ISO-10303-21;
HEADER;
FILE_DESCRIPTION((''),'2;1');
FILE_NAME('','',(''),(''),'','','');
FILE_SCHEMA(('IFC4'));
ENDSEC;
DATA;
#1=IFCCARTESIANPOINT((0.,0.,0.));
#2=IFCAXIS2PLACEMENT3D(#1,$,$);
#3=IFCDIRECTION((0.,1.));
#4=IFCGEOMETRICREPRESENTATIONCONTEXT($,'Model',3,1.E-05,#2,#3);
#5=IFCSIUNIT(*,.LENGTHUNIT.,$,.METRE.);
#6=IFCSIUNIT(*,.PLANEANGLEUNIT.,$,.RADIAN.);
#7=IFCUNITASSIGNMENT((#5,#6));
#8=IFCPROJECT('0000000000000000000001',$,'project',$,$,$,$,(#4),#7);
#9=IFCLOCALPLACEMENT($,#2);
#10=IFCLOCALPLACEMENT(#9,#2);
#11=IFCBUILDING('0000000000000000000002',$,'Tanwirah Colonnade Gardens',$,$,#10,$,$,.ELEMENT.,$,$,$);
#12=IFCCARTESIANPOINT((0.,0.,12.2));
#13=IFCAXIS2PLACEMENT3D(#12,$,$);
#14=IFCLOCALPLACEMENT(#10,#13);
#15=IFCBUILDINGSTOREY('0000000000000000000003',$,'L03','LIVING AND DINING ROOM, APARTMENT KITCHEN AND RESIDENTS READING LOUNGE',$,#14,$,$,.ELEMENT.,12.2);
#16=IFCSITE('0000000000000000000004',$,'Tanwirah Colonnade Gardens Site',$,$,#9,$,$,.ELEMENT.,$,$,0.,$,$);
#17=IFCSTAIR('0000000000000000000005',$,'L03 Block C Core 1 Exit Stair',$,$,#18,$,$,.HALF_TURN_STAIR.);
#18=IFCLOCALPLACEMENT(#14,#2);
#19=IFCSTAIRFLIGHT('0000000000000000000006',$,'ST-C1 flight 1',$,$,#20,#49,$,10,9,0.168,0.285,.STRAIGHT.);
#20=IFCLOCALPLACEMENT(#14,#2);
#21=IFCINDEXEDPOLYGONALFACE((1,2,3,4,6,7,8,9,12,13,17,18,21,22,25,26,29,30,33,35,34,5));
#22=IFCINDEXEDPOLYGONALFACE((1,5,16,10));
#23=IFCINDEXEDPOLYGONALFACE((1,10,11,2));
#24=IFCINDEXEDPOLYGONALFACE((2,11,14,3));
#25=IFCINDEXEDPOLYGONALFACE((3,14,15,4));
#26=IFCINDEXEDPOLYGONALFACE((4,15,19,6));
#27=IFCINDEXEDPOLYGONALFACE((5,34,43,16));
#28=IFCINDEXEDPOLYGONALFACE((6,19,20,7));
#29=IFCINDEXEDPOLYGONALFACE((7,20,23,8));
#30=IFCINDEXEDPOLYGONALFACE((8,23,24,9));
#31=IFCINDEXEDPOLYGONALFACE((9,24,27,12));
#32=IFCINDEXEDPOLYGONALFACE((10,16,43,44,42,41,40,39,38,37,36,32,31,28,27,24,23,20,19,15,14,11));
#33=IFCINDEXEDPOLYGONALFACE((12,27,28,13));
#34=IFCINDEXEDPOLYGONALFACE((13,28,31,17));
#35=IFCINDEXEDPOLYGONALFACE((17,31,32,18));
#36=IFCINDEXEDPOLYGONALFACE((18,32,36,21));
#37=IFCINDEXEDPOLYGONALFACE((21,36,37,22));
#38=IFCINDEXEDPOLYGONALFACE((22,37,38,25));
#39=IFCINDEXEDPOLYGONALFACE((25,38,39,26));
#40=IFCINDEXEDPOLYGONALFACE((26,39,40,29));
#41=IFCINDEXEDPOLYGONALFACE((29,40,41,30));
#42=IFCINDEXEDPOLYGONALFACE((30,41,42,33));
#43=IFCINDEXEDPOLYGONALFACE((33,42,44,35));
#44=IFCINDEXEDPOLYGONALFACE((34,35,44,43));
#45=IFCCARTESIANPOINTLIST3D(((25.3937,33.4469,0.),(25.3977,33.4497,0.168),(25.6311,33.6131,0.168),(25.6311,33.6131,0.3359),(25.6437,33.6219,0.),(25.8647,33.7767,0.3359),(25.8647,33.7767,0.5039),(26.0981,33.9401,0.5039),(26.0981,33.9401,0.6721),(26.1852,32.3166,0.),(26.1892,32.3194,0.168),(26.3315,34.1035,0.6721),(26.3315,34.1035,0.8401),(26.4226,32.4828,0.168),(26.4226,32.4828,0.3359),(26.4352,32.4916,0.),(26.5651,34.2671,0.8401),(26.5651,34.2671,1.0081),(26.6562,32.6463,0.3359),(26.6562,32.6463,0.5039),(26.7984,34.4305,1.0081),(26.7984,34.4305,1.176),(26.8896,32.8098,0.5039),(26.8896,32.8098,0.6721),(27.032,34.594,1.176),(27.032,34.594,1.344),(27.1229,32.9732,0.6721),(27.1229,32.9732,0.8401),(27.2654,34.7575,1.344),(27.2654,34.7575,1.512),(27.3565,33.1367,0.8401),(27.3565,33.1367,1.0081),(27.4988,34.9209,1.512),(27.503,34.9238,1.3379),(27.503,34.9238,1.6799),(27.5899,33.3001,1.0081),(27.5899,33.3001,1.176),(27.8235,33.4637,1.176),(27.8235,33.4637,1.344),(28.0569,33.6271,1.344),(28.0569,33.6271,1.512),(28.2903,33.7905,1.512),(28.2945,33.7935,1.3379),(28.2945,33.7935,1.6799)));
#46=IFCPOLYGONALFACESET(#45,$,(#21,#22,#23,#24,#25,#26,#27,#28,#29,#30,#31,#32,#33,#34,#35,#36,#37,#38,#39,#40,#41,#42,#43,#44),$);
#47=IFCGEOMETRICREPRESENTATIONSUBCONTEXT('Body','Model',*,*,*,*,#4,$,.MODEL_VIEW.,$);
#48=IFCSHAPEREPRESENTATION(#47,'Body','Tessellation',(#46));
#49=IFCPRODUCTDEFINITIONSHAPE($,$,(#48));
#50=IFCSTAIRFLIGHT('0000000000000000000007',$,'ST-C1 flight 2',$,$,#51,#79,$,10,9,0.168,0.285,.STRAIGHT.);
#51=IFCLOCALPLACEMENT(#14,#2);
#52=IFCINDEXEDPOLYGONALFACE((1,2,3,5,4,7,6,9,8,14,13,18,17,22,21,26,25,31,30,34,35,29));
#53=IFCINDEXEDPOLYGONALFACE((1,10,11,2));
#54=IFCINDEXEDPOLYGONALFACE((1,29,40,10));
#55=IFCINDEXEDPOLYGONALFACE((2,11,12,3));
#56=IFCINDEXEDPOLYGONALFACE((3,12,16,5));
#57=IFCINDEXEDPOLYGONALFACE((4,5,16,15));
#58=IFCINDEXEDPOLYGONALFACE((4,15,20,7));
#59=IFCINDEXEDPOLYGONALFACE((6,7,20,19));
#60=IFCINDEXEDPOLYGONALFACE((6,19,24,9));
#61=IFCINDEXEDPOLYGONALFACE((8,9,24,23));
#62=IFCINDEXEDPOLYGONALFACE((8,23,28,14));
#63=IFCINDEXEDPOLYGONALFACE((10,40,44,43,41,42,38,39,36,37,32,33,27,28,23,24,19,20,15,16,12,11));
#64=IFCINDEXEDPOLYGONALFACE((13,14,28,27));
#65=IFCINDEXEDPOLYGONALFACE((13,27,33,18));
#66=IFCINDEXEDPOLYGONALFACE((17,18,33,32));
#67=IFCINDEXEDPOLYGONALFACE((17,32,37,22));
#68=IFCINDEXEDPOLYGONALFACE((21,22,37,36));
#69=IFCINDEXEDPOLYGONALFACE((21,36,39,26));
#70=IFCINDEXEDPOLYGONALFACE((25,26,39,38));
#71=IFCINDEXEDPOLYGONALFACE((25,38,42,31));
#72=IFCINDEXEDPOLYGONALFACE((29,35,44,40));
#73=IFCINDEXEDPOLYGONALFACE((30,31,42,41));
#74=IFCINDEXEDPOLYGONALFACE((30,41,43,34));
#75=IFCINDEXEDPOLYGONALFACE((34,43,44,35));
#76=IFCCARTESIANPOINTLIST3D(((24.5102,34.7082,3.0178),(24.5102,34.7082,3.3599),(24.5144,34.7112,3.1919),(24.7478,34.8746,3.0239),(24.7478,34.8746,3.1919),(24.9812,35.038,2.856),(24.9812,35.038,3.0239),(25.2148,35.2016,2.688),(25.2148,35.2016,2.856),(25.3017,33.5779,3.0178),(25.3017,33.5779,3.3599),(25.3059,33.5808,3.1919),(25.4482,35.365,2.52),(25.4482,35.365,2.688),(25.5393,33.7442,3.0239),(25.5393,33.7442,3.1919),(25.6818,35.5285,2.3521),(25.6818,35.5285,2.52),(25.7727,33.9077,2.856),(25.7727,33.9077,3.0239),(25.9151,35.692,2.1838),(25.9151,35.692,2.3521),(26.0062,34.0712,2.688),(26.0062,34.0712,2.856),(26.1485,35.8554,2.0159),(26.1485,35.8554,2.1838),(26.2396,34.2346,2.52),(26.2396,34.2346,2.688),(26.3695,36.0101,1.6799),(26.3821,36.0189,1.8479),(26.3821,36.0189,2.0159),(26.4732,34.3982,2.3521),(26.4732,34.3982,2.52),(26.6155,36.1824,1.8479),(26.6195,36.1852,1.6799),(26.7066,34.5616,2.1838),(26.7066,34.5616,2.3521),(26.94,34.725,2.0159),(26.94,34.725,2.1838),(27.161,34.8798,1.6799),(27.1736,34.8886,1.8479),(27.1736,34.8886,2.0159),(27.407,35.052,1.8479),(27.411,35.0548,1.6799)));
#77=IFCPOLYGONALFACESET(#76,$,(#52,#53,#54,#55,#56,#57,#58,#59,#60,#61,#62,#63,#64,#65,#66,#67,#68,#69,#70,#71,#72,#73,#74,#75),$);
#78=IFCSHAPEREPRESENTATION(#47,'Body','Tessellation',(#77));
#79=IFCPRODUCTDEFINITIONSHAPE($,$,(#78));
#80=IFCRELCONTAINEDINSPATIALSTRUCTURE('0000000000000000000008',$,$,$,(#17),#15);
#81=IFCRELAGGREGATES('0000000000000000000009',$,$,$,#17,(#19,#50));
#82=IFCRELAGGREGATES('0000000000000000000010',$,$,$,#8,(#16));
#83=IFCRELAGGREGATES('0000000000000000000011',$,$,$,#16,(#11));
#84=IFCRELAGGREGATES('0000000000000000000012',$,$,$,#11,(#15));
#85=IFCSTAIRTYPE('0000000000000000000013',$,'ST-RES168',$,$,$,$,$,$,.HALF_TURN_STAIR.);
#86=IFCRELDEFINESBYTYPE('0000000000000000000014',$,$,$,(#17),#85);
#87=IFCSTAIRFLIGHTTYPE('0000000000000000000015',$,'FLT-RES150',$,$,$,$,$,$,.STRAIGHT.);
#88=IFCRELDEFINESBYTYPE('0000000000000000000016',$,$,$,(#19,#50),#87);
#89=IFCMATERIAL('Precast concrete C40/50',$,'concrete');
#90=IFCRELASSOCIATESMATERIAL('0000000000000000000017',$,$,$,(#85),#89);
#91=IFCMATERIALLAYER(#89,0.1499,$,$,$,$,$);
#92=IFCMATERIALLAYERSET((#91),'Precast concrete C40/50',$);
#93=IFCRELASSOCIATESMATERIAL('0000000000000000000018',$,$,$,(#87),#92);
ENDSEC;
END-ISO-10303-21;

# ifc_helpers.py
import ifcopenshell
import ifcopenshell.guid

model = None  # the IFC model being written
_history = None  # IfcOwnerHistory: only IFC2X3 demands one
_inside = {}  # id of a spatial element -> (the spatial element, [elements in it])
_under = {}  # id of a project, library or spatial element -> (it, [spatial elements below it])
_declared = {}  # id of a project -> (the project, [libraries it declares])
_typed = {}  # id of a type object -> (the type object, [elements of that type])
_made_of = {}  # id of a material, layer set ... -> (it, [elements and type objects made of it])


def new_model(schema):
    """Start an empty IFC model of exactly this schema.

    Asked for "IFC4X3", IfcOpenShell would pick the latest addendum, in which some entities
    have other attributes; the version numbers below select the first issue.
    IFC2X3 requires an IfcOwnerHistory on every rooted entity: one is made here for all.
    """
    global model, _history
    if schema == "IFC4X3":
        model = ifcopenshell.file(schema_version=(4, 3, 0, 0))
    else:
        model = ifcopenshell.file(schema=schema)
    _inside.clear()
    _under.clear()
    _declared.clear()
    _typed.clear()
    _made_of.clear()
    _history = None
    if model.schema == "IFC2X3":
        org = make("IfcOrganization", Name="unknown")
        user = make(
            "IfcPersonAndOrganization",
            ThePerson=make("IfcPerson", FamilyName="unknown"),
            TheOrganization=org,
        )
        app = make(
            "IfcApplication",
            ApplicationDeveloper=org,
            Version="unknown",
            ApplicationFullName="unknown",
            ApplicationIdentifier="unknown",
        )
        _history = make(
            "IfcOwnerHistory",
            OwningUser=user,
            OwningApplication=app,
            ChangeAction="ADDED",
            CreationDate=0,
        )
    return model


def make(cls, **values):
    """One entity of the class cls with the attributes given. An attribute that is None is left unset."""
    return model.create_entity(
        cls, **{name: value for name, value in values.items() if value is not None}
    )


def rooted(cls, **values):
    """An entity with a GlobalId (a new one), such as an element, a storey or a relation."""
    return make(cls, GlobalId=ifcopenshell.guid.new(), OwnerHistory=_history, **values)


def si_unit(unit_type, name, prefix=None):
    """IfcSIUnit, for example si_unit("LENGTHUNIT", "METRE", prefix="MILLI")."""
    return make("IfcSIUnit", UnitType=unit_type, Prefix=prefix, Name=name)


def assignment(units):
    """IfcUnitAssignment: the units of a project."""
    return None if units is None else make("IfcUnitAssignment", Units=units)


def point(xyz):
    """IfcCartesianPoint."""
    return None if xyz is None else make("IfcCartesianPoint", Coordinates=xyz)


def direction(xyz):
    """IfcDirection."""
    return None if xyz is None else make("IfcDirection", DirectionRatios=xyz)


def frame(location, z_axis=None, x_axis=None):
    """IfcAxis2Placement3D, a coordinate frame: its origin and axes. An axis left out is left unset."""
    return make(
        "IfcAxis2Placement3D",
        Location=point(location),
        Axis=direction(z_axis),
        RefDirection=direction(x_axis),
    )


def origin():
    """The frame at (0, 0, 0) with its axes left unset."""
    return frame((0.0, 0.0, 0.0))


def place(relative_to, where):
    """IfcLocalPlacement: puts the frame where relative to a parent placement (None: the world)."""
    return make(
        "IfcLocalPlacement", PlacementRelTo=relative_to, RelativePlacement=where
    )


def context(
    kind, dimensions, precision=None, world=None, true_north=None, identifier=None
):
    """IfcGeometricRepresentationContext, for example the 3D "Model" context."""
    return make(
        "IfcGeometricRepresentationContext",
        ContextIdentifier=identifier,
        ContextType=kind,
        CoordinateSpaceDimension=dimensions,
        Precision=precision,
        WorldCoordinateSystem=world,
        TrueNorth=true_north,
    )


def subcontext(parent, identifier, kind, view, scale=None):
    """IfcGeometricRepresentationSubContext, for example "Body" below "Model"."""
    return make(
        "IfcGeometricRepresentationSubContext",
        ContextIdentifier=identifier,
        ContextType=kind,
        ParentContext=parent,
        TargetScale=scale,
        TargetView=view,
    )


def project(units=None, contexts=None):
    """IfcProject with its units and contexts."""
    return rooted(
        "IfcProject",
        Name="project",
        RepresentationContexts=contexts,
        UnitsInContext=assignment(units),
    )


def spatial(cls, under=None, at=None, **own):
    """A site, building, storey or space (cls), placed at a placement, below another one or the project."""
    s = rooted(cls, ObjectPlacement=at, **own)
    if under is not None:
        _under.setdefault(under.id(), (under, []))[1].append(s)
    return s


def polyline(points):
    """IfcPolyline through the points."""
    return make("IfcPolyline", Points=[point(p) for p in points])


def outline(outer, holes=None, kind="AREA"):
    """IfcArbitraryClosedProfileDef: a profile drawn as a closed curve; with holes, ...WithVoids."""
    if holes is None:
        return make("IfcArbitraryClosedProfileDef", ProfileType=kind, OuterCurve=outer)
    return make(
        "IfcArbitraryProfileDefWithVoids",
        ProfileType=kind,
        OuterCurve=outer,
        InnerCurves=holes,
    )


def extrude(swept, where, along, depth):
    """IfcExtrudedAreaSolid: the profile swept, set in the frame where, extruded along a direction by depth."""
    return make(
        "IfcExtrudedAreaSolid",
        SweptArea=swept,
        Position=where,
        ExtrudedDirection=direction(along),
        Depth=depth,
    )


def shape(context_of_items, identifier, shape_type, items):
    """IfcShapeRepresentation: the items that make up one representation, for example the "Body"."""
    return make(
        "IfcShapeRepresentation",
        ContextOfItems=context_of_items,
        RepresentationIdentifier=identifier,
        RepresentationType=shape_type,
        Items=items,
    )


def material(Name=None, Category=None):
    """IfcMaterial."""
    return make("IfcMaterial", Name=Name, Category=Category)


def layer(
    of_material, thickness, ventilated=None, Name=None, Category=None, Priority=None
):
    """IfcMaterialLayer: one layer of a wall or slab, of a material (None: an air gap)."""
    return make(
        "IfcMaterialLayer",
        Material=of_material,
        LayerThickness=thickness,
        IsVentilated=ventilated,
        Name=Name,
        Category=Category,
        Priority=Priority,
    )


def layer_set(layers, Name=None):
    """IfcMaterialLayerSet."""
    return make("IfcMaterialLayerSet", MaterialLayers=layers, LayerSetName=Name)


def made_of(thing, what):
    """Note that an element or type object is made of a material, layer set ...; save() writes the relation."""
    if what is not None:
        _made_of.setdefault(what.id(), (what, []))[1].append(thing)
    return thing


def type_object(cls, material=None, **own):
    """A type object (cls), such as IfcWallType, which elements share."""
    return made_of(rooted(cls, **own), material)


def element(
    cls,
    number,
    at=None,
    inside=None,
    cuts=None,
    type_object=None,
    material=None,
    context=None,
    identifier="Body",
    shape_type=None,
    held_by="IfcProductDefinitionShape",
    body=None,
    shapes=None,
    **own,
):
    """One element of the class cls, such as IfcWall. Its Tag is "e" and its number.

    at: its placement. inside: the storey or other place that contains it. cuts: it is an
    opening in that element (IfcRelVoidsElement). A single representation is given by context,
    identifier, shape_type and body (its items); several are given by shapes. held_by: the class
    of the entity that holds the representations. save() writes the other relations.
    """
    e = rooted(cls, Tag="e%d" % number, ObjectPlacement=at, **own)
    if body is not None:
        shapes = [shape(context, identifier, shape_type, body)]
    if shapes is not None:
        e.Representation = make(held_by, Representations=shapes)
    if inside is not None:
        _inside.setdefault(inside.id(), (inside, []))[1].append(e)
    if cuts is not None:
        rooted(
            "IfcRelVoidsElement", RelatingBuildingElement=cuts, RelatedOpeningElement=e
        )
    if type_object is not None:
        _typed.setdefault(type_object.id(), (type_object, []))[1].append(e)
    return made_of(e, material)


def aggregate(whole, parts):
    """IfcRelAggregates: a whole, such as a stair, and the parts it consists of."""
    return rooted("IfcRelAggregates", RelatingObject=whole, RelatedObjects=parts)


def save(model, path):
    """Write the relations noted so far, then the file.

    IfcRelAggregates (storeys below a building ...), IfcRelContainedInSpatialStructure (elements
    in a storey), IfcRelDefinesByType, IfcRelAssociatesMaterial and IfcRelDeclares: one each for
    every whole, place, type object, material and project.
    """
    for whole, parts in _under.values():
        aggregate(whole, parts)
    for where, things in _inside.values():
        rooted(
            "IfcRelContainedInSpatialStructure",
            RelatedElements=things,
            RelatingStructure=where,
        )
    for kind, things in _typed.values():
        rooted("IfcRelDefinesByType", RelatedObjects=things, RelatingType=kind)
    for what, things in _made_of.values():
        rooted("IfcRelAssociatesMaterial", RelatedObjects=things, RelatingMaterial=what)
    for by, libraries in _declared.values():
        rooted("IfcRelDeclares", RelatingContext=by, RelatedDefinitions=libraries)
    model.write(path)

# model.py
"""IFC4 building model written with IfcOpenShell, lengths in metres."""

from ifc_helpers import new_model, si_unit, direction, frame, origin, place, context, subcontext, project, spatial, polyline, outline, extrude, material, layer, layer_set, type_object, element, aggregate, save


model = new_model("IFC4")

# Units and contexts
model_context = context("Model", 3, precision=1e-05, world=origin(), true_north=direction((0.0, 1.0)))
body_context = subcontext(model_context, "Body", "Model", "MODEL_VIEW")
ifc_project = project(units=[si_unit("LENGTHUNIT", "METRE"), si_unit("PLANEANGLEUNIT", "RADIAN")], contexts=[model_context])

# Site, building, storey
site_placement = place(None, origin())
site = spatial("IfcSite", under=ifc_project, at=site_placement, Name="Tanwirah Colonnade Gardens Site", CompositionType="ELEMENT", RefElevation=0.0)
building_placement = place(site_placement, origin())
building = spatial("IfcBuilding", under=site, at=building_placement, Name="Tanwirah Colonnade Gardens", CompositionType="ELEMENT")
storey_placement = place(building_placement, frame((0.0, 0.0, 12.2)))
storey = spatial("IfcBuildingStorey", under=building, at=storey_placement, Name="L03", Description="LIVING AND DINING ROOM, APARTMENT KITCHEN AND RESIDENTS READING LOUNGE", CompositionType="ELEMENT", Elevation=12.2)

# Shared definitions
ifc_material_1 = material(Name="Precast concrete C40/50", Category="concrete")

# Stair, stair flights
stair_type = type_object("IfcStairType", Name="ST-RES168", PredefinedType="HALF_TURN_STAIR", material=ifc_material_1)
stair_placement = place(storey_placement, origin())
stair = element("IfcStair", 1, at=stair_placement, inside=storey, type_object=stair_type, Name="L03 Block C Core 1 Exit Stair", PredefinedType="HALF_TURN_STAIR")
ifc_layer_1 = layer(ifc_material_1, 0.1499)
ifc_layer_set_1 = layer_set([ifc_layer_1], Name="Precast concrete C40/50")
stair_flight_type = type_object("IfcStairFlightType", Name="FLT-RES150", PredefinedType="STRAIGHT", material=ifc_layer_set_1)
stair_flight_1_placement = place(storey_placement, frame((25.7935, 32.8845, 0.0), z_axis=(0.0, 0.0, 1.0), x_axis=(0.819152, 0.573576, 0.0)))
stair_flight_1 = element("IfcStairFlight", 2, at=stair_flight_1_placement, type_object=stair_flight_type, Name="ST-C1 flight 1", NumberOfRisers=10, NumberOfTreads=9, PredefinedType="STRAIGHT", RiserHeight=0.168, TreadLength=0.285, context=body_context, shape_type="SweptSolid", body=[
    extrude(outline(polyline([(-0.0049, 0.0), (0.0, 0.168), (0.2849, 0.168), (0.2849, 0.3359), (0.5701, 0.3359), (0.5701, 0.5039), (0.855, 0.5039), (0.855, 0.6721), (1.1399, 0.6721), (1.1399, 0.8401), (1.425, 0.8401), (1.425, 1.0081), (1.71, 1.0081), (1.71, 1.176), (1.9951, 1.176), (1.9951, 1.344), (2.28, 1.344), (2.28, 1.512), (2.5649, 1.512), (2.5701, 1.6799), (2.5701, 1.3379), (0.3003, 0.0), (-0.0049, 0.0)])), frame((0.0, 0.6899, 0.0), z_axis=(0.0, -1.0, 0.0), x_axis=(1.0, 0.0, 0.0)), (0.0, 0.0, 1.0), 1.3799),
])
stair_flight_2_placement = place(storey_placement, frame((27.0112, 35.6172, 1.6799), z_axis=(0.0, 0.0, 1.0), x_axis=(-0.819152, -0.573576, 0.0)))
stair_flight_2 = element("IfcStairFlight", 3, at=stair_flight_2_placement, type_object=stair_flight_type, Name="ST-C1 flight 2", NumberOfRisers=10, NumberOfTreads=9, PredefinedType="STRAIGHT", RiserHeight=0.168, TreadLength=0.285, context=body_context, shape_type="SweptSolid", body=[
    extrude(outline(polyline([(-0.0049, 0.0), (0.0, 0.168), (0.2849, 0.168), (0.2849, 0.3359), (0.5701, 0.3359), (0.5701, 0.5039), (0.855, 0.5039), (0.855, 0.6721), (1.1399, 0.6721), (1.1399, 0.8401), (1.425, 0.8401), (1.425, 1.0081), (1.71, 1.0081), (1.71, 1.176), (1.9951, 1.176), (1.9951, 1.344), (2.28, 1.344), (2.28, 1.512), (2.5649, 1.512), (2.5701, 1.6799), (2.5701, 1.3379), (0.3003, 0.0), (-0.0049, 0.0)])), frame((0.0, 0.6899, 0.0), z_axis=(0.0, -1.0, 0.0), x_axis=(1.0, 0.0, 0.0)), (0.0, 0.0, 1.0), 1.3799),
])
aggregate(stair, [stair_flight_1, stair_flight_2])

save(model, "model.ifc")
